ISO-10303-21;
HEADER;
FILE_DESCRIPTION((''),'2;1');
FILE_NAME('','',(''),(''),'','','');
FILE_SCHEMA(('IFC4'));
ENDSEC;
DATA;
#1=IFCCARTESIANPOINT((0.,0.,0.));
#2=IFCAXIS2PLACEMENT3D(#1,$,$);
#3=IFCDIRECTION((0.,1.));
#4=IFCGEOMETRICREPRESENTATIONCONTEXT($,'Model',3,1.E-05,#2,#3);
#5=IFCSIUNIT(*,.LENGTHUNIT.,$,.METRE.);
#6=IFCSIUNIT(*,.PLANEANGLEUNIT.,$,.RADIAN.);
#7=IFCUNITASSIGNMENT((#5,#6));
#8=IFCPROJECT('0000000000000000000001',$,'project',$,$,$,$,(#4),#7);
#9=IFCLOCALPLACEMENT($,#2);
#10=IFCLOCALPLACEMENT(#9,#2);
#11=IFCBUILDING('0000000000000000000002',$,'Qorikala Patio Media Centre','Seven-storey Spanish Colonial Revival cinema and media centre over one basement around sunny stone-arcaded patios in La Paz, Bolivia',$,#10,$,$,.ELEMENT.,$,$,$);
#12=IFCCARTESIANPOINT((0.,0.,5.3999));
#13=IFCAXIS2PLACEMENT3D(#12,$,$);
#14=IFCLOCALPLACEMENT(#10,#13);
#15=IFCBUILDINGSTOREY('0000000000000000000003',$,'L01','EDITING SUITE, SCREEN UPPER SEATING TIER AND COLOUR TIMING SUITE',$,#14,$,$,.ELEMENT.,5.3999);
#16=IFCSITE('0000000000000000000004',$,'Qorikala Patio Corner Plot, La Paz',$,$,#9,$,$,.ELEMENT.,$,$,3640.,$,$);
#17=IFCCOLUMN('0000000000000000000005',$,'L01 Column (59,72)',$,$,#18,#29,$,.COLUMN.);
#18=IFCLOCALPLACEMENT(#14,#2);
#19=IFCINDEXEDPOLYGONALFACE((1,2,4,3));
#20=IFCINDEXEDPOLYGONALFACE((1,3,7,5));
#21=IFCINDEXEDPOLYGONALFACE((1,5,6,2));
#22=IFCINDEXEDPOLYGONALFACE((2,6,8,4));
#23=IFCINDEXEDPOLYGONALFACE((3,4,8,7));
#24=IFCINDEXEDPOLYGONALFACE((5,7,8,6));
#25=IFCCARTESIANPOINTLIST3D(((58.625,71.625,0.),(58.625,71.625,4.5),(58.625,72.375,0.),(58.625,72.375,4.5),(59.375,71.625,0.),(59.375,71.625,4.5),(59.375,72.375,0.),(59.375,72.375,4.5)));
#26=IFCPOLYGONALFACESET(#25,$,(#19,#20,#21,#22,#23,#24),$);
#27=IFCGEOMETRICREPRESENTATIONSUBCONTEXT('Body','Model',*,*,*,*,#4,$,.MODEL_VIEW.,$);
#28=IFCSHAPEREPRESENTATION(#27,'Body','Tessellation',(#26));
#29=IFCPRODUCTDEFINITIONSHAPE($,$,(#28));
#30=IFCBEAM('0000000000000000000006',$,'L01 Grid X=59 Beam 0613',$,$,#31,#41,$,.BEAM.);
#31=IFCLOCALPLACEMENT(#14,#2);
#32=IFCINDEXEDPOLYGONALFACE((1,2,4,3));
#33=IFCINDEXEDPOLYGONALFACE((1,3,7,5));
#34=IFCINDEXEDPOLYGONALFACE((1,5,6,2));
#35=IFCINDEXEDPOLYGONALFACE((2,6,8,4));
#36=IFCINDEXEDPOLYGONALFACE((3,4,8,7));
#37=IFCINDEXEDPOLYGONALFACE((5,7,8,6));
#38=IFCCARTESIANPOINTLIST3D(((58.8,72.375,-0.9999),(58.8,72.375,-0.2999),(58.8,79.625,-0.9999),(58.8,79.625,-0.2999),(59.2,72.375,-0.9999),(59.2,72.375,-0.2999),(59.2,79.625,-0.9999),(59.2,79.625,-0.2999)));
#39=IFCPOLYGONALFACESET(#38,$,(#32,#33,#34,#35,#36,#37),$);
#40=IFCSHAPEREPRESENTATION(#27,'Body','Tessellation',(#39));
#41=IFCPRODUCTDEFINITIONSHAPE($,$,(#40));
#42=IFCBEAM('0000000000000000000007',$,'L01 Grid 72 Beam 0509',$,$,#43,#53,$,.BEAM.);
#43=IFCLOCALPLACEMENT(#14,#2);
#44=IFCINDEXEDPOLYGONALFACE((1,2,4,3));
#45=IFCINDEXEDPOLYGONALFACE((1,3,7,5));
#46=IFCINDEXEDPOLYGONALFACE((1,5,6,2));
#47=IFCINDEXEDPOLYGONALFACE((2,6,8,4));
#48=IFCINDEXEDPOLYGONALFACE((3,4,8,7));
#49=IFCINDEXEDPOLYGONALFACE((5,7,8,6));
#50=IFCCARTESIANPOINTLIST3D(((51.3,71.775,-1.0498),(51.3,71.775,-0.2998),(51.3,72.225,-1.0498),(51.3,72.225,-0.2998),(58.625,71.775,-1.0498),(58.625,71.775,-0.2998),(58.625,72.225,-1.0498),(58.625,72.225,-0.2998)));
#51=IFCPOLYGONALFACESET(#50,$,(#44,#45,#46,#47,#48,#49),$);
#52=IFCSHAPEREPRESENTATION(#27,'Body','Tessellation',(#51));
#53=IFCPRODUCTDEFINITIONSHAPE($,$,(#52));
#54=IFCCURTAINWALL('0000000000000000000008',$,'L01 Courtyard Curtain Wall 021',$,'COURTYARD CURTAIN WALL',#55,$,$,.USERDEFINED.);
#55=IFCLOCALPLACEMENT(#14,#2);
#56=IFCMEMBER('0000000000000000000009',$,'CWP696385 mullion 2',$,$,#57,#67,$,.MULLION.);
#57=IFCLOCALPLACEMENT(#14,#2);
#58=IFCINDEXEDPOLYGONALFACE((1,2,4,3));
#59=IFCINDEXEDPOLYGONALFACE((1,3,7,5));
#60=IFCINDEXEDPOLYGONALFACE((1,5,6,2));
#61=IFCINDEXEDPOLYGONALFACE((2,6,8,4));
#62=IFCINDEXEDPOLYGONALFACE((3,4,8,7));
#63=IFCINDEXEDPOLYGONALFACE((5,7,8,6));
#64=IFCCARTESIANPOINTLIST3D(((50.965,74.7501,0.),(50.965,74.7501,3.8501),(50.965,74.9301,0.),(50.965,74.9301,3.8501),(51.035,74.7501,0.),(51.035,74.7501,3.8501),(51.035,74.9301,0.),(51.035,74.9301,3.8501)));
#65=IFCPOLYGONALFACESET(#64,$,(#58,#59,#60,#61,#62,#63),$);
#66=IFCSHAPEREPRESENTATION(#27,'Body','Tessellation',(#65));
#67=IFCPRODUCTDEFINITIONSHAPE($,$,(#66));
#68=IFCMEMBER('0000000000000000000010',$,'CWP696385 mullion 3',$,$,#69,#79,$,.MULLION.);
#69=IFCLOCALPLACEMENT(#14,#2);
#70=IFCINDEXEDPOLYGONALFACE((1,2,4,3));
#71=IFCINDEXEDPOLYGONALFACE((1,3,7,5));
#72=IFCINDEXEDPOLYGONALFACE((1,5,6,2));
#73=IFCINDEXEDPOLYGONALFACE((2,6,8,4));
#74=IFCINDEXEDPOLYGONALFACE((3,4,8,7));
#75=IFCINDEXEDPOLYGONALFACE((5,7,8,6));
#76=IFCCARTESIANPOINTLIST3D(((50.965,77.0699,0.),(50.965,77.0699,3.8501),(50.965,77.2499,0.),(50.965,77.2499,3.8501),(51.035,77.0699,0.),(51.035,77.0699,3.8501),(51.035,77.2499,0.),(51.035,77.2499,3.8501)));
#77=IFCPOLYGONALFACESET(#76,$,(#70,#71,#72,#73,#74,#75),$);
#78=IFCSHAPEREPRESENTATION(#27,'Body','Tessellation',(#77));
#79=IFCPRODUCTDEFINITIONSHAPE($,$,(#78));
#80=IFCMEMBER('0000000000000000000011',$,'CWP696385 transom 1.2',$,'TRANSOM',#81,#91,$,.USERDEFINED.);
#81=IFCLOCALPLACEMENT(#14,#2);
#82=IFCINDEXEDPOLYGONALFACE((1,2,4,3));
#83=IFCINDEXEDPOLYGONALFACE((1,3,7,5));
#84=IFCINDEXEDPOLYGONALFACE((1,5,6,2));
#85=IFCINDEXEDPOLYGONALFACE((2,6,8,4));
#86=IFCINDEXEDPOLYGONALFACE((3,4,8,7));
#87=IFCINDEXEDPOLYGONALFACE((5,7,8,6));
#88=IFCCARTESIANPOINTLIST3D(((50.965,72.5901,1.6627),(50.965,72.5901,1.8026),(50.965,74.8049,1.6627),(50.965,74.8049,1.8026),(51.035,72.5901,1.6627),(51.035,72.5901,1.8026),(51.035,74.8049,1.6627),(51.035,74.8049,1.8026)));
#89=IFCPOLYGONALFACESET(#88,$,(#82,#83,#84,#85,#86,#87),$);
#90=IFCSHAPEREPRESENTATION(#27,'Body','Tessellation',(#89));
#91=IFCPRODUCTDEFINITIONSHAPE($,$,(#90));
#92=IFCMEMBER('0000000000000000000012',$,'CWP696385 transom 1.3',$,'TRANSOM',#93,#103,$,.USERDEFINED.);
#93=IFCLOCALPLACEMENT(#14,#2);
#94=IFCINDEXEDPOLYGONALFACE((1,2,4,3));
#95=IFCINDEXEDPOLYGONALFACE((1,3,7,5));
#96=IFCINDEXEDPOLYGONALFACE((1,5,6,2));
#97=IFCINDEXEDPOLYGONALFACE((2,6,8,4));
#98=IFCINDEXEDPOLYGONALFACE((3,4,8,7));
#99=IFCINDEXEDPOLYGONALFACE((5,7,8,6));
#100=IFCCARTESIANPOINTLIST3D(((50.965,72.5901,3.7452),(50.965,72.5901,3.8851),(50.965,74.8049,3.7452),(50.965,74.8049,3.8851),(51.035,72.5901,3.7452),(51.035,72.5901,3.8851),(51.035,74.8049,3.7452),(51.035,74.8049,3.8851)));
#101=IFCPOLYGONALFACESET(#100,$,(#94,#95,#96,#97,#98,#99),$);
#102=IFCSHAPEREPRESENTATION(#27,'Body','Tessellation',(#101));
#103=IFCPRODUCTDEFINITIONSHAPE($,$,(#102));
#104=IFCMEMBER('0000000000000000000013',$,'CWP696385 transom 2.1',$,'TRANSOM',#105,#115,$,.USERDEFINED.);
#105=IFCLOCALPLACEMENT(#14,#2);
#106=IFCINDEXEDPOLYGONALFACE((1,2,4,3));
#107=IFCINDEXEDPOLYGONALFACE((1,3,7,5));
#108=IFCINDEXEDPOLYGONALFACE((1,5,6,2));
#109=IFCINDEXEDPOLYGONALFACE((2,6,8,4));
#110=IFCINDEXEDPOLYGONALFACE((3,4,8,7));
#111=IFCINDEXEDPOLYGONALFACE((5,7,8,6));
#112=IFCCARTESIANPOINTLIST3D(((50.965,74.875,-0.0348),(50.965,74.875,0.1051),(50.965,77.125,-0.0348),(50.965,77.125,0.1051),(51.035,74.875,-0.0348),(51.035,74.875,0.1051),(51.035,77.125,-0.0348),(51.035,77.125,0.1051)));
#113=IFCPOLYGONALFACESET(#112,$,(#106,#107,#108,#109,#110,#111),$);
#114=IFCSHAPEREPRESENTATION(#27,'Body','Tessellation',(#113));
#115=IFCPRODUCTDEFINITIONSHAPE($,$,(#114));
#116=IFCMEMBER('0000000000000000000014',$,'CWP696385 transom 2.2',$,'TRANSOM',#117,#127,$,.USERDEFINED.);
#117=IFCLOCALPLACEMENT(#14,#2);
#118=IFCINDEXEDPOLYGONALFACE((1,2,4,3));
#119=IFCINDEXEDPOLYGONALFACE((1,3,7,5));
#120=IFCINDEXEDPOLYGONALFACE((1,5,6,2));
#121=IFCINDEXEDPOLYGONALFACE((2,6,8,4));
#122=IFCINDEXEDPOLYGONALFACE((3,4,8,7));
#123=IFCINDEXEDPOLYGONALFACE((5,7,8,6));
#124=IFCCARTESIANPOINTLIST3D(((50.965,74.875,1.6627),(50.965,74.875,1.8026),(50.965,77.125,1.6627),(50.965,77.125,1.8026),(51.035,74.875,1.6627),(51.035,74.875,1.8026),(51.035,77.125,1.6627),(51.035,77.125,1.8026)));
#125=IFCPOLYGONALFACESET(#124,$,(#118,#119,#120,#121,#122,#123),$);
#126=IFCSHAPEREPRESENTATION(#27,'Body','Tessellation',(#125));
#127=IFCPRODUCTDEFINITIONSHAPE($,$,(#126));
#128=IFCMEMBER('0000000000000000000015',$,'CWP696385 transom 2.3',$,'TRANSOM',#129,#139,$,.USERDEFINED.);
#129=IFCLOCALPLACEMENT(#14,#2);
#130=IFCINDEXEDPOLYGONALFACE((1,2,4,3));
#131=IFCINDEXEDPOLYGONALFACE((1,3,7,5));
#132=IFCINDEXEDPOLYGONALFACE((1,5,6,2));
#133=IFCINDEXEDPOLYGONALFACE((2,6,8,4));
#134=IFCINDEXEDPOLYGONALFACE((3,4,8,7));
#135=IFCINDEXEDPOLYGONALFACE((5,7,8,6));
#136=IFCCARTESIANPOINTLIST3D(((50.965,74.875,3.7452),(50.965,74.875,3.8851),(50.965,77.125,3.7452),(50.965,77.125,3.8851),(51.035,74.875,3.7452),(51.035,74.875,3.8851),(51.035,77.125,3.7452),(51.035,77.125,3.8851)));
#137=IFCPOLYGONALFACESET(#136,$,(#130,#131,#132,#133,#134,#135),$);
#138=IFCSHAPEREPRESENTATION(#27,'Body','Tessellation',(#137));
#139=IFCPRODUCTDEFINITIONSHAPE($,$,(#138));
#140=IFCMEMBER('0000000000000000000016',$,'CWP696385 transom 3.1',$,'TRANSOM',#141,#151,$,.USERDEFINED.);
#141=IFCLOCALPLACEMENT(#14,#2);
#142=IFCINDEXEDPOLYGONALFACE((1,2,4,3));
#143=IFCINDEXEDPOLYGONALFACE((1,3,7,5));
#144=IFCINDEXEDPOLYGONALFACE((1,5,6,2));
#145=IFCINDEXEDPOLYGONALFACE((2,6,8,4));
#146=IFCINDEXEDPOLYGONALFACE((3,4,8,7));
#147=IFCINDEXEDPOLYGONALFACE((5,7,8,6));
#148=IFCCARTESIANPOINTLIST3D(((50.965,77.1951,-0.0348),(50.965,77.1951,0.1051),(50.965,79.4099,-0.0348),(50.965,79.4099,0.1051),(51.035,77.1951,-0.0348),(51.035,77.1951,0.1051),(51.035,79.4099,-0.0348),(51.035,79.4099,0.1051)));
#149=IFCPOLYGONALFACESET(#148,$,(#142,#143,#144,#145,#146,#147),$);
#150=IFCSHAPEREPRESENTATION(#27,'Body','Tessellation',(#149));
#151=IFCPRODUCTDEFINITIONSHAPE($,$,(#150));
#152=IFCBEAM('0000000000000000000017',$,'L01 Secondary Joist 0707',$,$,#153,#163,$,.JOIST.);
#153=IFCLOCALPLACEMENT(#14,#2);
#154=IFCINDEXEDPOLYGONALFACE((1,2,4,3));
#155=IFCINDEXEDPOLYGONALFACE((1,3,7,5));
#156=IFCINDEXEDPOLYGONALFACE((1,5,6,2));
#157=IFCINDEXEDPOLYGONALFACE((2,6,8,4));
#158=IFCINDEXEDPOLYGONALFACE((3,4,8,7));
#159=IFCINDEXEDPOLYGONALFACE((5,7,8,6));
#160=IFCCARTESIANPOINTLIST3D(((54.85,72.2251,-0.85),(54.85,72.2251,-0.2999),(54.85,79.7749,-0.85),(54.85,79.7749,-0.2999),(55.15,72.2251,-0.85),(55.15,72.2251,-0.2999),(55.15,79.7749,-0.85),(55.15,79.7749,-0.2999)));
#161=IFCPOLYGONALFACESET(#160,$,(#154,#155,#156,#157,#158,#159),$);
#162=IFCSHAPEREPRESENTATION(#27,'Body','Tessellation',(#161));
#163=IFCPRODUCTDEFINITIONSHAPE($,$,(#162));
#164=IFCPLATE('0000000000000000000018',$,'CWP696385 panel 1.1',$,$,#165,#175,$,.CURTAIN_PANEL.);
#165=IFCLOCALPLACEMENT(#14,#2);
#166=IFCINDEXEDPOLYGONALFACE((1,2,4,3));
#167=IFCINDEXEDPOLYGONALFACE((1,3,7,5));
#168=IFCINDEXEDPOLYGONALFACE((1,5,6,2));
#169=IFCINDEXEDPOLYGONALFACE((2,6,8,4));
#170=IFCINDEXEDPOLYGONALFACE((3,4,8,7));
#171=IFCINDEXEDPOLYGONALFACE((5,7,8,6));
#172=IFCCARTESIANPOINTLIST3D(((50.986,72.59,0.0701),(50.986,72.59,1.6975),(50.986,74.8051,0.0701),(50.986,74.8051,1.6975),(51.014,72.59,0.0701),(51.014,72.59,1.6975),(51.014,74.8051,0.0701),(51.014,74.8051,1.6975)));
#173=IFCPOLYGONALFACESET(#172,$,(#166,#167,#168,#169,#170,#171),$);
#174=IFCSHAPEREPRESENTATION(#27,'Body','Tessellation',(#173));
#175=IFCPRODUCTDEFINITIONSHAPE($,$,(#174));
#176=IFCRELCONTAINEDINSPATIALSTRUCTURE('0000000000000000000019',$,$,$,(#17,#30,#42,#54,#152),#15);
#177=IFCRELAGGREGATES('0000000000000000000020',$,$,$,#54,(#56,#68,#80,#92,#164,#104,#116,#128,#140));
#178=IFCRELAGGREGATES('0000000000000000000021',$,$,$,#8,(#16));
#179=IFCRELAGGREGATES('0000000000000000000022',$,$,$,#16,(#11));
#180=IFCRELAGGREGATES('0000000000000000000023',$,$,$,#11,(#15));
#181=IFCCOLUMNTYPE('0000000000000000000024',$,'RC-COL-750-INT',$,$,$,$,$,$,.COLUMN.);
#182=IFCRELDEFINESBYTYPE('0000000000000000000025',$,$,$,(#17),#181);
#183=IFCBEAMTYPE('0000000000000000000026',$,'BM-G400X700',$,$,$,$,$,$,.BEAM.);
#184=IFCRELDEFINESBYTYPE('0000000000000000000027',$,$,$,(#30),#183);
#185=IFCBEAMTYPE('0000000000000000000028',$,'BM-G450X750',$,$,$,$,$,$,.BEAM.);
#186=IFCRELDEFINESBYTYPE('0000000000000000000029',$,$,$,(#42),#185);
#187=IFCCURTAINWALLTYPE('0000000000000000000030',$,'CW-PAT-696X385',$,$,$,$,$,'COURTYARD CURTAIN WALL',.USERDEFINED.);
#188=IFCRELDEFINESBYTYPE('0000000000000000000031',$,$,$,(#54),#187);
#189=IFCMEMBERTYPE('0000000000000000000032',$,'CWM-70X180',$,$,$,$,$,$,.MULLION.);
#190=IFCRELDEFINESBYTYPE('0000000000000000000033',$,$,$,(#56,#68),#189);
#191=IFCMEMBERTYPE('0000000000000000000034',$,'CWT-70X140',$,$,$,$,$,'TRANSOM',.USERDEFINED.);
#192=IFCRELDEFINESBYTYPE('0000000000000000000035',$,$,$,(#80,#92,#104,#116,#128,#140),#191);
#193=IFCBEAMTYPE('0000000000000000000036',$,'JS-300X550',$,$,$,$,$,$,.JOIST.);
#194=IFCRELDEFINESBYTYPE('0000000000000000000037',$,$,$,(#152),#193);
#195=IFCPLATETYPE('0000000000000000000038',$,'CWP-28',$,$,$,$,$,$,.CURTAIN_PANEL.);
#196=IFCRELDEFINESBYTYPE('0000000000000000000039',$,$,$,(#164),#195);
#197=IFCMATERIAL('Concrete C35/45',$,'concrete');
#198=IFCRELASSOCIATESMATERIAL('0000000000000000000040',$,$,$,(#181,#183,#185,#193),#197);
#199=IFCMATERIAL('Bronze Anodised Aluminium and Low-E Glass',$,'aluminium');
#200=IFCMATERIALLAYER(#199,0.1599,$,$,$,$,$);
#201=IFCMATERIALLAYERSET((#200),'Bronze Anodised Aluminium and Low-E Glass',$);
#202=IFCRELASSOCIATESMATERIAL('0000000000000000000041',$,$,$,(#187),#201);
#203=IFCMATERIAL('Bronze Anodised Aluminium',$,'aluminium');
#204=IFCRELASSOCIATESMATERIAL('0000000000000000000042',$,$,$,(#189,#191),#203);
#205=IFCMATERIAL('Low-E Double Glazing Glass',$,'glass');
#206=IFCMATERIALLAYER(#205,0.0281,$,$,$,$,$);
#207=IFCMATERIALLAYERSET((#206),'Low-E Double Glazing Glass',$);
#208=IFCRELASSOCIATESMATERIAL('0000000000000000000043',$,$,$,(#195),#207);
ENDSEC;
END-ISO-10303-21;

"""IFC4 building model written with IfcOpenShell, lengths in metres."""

from ifc_helpers import new_model, si_unit, direction, frame, origin, origin_2d, place, context, subcontext, project, spatial, rectangle, extrude, material, layer, layer_set, material_profile, profile_set, type_object, element, aggregate, save


model = new_model("IFC4")

# Units and contexts
model_context = context("Model", 3, precision=1e-05, world=origin(), true_north=direction((0.0, 1.0)))
body_context = subcontext(model_context, "Body", "Model", "MODEL_VIEW")
ifc_project = project(units=[si_unit("LENGTHUNIT", "METRE"), si_unit("PLANEANGLEUNIT", "RADIAN")], contexts=[model_context])

# Site, building, storey
site_placement = place(None, origin())
site = spatial("IfcSite", under=ifc_project, at=site_placement, Name="Qorikala Patio Corner Plot, La Paz", CompositionType="ELEMENT", RefElevation=3640.0)
building_placement = place(site_placement, origin())
building = spatial("IfcBuilding", under=site, at=building_placement, Name="Qorikala Patio Media Centre", Description="Seven-storey Spanish Colonial Revival cinema and media centre over one basement around sunny stone-arcaded patios in La Paz, Bolivia", CompositionType="ELEMENT")
storey_placement = place(building_placement, frame((0.0, 0.0, 5.3999)))
storey = spatial("IfcBuildingStorey", under=building, at=storey_placement, Name="L01", Description="EDITING SUITE, SCREEN UPPER SEATING TIER AND COLOUR TIMING SUITE", CompositionType="ELEMENT", Elevation=5.3999)

# Column
ifc_material_1 = material(Name="Concrete C35/45", Category="concrete")
ifc_material_profile_1 = material_profile(ifc_material_1, rectangle(XDim=0.75, YDim=0.75, at=origin_2d()), Name="RC 750x750")
ifc_profile_set_1 = profile_set([ifc_material_profile_1], Name="Concrete C35/45")
column_type = type_object("IfcColumnType", Name="RC-COL-750-INT", PredefinedType="COLUMN", material=ifc_profile_set_1)
column_placement = place(storey_placement, frame((59.0, 72.0, 0.0), z_axis=(0.0, 0.0, 1.0), x_axis=(1.0, 0.0, 0.0)))
element("IfcColumn", 1, at=column_placement, inside=storey, type_object=column_type, Name="L01 Column (59,72)", PredefinedType="COLUMN", context=body_context, shape_type="SweptSolid", body=[
    extrude(rectangle(XDim=0.75, YDim=0.75, at=origin_2d()), origin(), (0.0, 0.0, 1.0), 4.5),
])

# Beams
ifc_material_profile_2 = material_profile(ifc_material_1, rectangle(XDim=0.3999, YDim=0.7, at=origin_2d()), Name="RC 400x700")
ifc_profile_set_2 = profile_set([ifc_material_profile_2], Name="Concrete C35/45")
beam_type_1 = type_object("IfcBeamType", Name="BM-G400X700", PredefinedType="BEAM", material=ifc_profile_set_2)
beam_1_placement = place(storey_placement, frame((59.0, 72.375, -0.6499), z_axis=(0.0, 1.0, 0.0), x_axis=(-1.0, 0.0, 0.0)))
element("IfcBeam", 2, at=beam_1_placement, inside=storey, type_object=beam_type_1, Name="L01 Grid X=59 Beam 0613", PredefinedType="BEAM", context=body_context, shape_type="SweptSolid", body=[
    extrude(rectangle(XDim=0.3999, YDim=0.7, at=origin_2d()), origin(), (0.0, 0.0, 1.0), 7.25),
])
ifc_material_profile_3 = material_profile(ifc_material_1, rectangle(XDim=0.45, YDim=0.75, at=origin_2d()), Name="RC 450x750")
ifc_profile_set_3 = profile_set([ifc_material_profile_3], Name="Concrete C35/45")
beam_type_2 = type_object("IfcBeamType", Name="BM-G450X750", PredefinedType="BEAM", material=ifc_profile_set_3)
beam_2_placement = place(storey_placement, frame((51.3, 72.0, -0.6748), z_axis=(1.0, 0.0, 0.0), x_axis=(0.0, 1.0, 0.0)))
element("IfcBeam", 3, at=beam_2_placement, inside=storey, type_object=beam_type_2, Name="L01 Grid 72 Beam 0509", PredefinedType="BEAM", context=body_context, shape_type="SweptSolid", body=[
    extrude(rectangle(XDim=0.45, YDim=0.75, at=origin_2d()), origin(), (0.0, 0.0, 1.0), 7.325),
])

# Curtain wall, members
ifc_material_2 = material(Name="Bronze Anodised Aluminium and Low-E Glass", Category="aluminium")
ifc_layer_1 = layer(ifc_material_2, 0.1599)
ifc_layer_set_1 = layer_set([ifc_layer_1], Name="Bronze Anodised Aluminium and Low-E Glass")
curtain_wall_type = type_object("IfcCurtainWallType", Name="CW-PAT-696X385", ElementType="COURTYARD CURTAIN WALL", PredefinedType="USERDEFINED", material=ifc_layer_set_1)
curtain_wall_placement = place(storey_placement, origin())
curtain_wall = element("IfcCurtainWall", 4, at=curtain_wall_placement, inside=storey, type_object=curtain_wall_type, Name="L01 Courtyard Curtain Wall 021", ObjectType="COURTYARD CURTAIN WALL", PredefinedType="USERDEFINED")
ifc_material_3 = material(Name="Bronze Anodised Aluminium", Category="aluminium")
ifc_material_profile_4 = material_profile(ifc_material_3, rectangle(XDim=0.0701, YDim=0.1799, at=origin_2d()), Name="ALU MULLION 70x180")
ifc_profile_set_4 = profile_set([ifc_material_profile_4], Name="Bronze Anodised Aluminium")
member_type_1 = type_object("IfcMemberType", Name="CWM-70X180", PredefinedType="MULLION", material=ifc_profile_set_4)
member_1_placement = place(storey_placement, frame((51.0, 74.8401, 0.0), z_axis=(0.0, 0.0, 1.0), x_axis=(-1.0, 0.0, 0.0)))
member_1 = element("IfcMember", 5, at=member_1_placement, type_object=member_type_1, Name="CWP696385 mullion 2", PredefinedType="MULLION", context=body_context, shape_type="SweptSolid", body=[
    extrude(rectangle(XDim=0.0701, YDim=0.1799, at=origin_2d()), origin(), (0.0, 0.0, 1.0), 3.8501),
])
member_2_placement = place(storey_placement, frame((51.0, 77.1599, 0.0), z_axis=(0.0, 0.0, 1.0), x_axis=(-1.0, 0.0, 0.0)))
member_2 = element("IfcMember", 6, at=member_2_placement, type_object=member_type_1, Name="CWP696385 mullion 3", PredefinedType="MULLION", context=body_context, shape_type="SweptSolid", body=[
    extrude(rectangle(XDim=0.0701, YDim=0.1799, at=origin_2d()), origin(), (0.0, 0.0, 1.0), 3.8501),
])
ifc_material_profile_5 = material_profile(ifc_material_3, rectangle(XDim=0.0701, YDim=0.1399, at=origin_2d()), Name="ALU TRANSOM 70x140")
ifc_profile_set_5 = profile_set([ifc_material_profile_5], Name="Bronze Anodised Aluminium")
member_type_2 = type_object("IfcMemberType", Name="CWT-70X140", ElementType="TRANSOM", PredefinedType="USERDEFINED", material=ifc_profile_set_5)
member_3_placement = place(storey_placement, frame((51.0, 72.5901, 1.7327), z_axis=(0.0, 1.0, 0.0), x_axis=(-1.0, 0.0, 0.0)))
member_3 = element("IfcMember", 7, at=member_3_placement, type_object=member_type_2, Name="CWP696385 transom 1.2", ObjectType="TRANSOM", PredefinedType="USERDEFINED", context=body_context, shape_type="SweptSolid", body=[
    extrude(rectangle(XDim=0.0701, YDim=0.1399, at=origin_2d()), origin(), (0.0, 0.0, 1.0), 2.2148),
])
member_4_placement = place(storey_placement, frame((51.0, 72.5901, 3.8152), z_axis=(0.0, 1.0, 0.0), x_axis=(-1.0, 0.0, 0.0)))
member_4 = element("IfcMember", 8, at=member_4_placement, type_object=member_type_2, Name="CWP696385 transom 1.3", ObjectType="TRANSOM", PredefinedType="USERDEFINED", context=body_context, shape_type="SweptSolid", body=[
    extrude(rectangle(XDim=0.0701, YDim=0.1399, at=origin_2d()), origin(), (0.0, 0.0, 1.0), 2.2148),
])
member_5_placement = place(storey_placement, frame((51.0, 74.875, 0.0352), z_axis=(0.0, 1.0, 0.0), x_axis=(-1.0, 0.0, 0.0)))
member_5 = element("IfcMember", 9, at=member_5_placement, type_object=member_type_2, Name="CWP696385 transom 2.1", ObjectType="TRANSOM", PredefinedType="USERDEFINED", context=body_context, shape_type="SweptSolid", body=[
    extrude(rectangle(XDim=0.0701, YDim=0.1399, at=origin_2d()), origin(), (0.0, 0.0, 1.0), 2.25),
])
member_6_placement = place(storey_placement, frame((51.0, 74.875, 1.7327), z_axis=(0.0, 1.0, 0.0), x_axis=(-1.0, 0.0, 0.0)))
member_6 = element("IfcMember", 10, at=member_6_placement, type_object=member_type_2, Name="CWP696385 transom 2.2", ObjectType="TRANSOM", PredefinedType="USERDEFINED", context=body_context, shape_type="SweptSolid", body=[
    extrude(rectangle(XDim=0.0701, YDim=0.1399, at=origin_2d()), origin(), (0.0, 0.0, 1.0), 2.25),
])
member_7_placement = place(storey_placement, frame((51.0, 74.875, 3.8152), z_axis=(0.0, 1.0, 0.0), x_axis=(-1.0, 0.0, 0.0)))
member_7 = element("IfcMember", 11, at=member_7_placement, type_object=member_type_2, Name="CWP696385 transom 2.3", ObjectType="TRANSOM", PredefinedType="USERDEFINED", context=body_context, shape_type="SweptSolid", body=[
    extrude(rectangle(XDim=0.0701, YDim=0.1399, at=origin_2d()), origin(), (0.0, 0.0, 1.0), 2.25),
])
member_8_placement = place(storey_placement, frame((51.0, 77.1951, 0.0352), z_axis=(0.0, 1.0, 0.0), x_axis=(-1.0, 0.0, 0.0)))
member_8 = element("IfcMember", 12, at=member_8_placement, type_object=member_type_2, Name="CWP696385 transom 3.1", ObjectType="TRANSOM", PredefinedType="USERDEFINED", context=body_context, shape_type="SweptSolid", body=[
    extrude(rectangle(XDim=0.0701, YDim=0.1399, at=origin_2d()), origin(), (0.0, 0.0, 1.0), 2.2148),
])

# Beam
ifc_material_profile_6 = material_profile(ifc_material_1, rectangle(XDim=0.3, YDim=0.55, at=origin_2d()), Name="RC 300x550")
ifc_profile_set_6 = profile_set([ifc_material_profile_6], Name="Concrete C35/45")
beam_type_3 = type_object("IfcBeamType", Name="JS-300X550", PredefinedType="JOIST", material=ifc_profile_set_6)
beam_3_placement = place(storey_placement, frame((55.0, 72.2251, -0.575), z_axis=(0.0, 1.0, 0.0), x_axis=(-1.0, 0.0, 0.0)))
element("IfcBeam", 13, at=beam_3_placement, inside=storey, type_object=beam_type_3, Name="L01 Secondary Joist 0707", PredefinedType="JOIST", context=body_context, shape_type="SweptSolid", body=[
    extrude(rectangle(XDim=0.3, YDim=0.55, at=origin_2d()), origin(), (0.0, 0.0, 1.0), 7.5498),
])

# Plate
ifc_material_4 = material(Name="Low-E Double Glazing Glass", Category="glass")
ifc_layer_2 = layer(ifc_material_4, 0.0281)
ifc_layer_set_2 = layer_set([ifc_layer_2], Name="Low-E Double Glazing Glass")
plate_type = type_object("IfcPlateType", Name="CWP-28", PredefinedType="CURTAIN_PANEL", material=ifc_layer_set_2)
plate_1_placement = place(storey_placement, frame((51.0, 73.6975, 0.0701), z_axis=(0.0, 0.0, 1.0), x_axis=(0.0, 1.0, 0.0)))
plate_1 = element("IfcPlate", 14, at=plate_1_placement, type_object=plate_type, Name="CWP696385 panel 1.1", PredefinedType="CURTAIN_PANEL", context=body_context, shape_type="SweptSolid", body=[
    extrude(rectangle(XDim=2.2151, YDim=0.0281, at=origin_2d()), origin(), (0.0, 0.0, 1.0), 1.6274),
])
aggregate(curtain_wall, [member_1, member_2, member_3, member_4, plate_1, member_5, member_6, member_7, member_8])

save(model, "model.ifc")
